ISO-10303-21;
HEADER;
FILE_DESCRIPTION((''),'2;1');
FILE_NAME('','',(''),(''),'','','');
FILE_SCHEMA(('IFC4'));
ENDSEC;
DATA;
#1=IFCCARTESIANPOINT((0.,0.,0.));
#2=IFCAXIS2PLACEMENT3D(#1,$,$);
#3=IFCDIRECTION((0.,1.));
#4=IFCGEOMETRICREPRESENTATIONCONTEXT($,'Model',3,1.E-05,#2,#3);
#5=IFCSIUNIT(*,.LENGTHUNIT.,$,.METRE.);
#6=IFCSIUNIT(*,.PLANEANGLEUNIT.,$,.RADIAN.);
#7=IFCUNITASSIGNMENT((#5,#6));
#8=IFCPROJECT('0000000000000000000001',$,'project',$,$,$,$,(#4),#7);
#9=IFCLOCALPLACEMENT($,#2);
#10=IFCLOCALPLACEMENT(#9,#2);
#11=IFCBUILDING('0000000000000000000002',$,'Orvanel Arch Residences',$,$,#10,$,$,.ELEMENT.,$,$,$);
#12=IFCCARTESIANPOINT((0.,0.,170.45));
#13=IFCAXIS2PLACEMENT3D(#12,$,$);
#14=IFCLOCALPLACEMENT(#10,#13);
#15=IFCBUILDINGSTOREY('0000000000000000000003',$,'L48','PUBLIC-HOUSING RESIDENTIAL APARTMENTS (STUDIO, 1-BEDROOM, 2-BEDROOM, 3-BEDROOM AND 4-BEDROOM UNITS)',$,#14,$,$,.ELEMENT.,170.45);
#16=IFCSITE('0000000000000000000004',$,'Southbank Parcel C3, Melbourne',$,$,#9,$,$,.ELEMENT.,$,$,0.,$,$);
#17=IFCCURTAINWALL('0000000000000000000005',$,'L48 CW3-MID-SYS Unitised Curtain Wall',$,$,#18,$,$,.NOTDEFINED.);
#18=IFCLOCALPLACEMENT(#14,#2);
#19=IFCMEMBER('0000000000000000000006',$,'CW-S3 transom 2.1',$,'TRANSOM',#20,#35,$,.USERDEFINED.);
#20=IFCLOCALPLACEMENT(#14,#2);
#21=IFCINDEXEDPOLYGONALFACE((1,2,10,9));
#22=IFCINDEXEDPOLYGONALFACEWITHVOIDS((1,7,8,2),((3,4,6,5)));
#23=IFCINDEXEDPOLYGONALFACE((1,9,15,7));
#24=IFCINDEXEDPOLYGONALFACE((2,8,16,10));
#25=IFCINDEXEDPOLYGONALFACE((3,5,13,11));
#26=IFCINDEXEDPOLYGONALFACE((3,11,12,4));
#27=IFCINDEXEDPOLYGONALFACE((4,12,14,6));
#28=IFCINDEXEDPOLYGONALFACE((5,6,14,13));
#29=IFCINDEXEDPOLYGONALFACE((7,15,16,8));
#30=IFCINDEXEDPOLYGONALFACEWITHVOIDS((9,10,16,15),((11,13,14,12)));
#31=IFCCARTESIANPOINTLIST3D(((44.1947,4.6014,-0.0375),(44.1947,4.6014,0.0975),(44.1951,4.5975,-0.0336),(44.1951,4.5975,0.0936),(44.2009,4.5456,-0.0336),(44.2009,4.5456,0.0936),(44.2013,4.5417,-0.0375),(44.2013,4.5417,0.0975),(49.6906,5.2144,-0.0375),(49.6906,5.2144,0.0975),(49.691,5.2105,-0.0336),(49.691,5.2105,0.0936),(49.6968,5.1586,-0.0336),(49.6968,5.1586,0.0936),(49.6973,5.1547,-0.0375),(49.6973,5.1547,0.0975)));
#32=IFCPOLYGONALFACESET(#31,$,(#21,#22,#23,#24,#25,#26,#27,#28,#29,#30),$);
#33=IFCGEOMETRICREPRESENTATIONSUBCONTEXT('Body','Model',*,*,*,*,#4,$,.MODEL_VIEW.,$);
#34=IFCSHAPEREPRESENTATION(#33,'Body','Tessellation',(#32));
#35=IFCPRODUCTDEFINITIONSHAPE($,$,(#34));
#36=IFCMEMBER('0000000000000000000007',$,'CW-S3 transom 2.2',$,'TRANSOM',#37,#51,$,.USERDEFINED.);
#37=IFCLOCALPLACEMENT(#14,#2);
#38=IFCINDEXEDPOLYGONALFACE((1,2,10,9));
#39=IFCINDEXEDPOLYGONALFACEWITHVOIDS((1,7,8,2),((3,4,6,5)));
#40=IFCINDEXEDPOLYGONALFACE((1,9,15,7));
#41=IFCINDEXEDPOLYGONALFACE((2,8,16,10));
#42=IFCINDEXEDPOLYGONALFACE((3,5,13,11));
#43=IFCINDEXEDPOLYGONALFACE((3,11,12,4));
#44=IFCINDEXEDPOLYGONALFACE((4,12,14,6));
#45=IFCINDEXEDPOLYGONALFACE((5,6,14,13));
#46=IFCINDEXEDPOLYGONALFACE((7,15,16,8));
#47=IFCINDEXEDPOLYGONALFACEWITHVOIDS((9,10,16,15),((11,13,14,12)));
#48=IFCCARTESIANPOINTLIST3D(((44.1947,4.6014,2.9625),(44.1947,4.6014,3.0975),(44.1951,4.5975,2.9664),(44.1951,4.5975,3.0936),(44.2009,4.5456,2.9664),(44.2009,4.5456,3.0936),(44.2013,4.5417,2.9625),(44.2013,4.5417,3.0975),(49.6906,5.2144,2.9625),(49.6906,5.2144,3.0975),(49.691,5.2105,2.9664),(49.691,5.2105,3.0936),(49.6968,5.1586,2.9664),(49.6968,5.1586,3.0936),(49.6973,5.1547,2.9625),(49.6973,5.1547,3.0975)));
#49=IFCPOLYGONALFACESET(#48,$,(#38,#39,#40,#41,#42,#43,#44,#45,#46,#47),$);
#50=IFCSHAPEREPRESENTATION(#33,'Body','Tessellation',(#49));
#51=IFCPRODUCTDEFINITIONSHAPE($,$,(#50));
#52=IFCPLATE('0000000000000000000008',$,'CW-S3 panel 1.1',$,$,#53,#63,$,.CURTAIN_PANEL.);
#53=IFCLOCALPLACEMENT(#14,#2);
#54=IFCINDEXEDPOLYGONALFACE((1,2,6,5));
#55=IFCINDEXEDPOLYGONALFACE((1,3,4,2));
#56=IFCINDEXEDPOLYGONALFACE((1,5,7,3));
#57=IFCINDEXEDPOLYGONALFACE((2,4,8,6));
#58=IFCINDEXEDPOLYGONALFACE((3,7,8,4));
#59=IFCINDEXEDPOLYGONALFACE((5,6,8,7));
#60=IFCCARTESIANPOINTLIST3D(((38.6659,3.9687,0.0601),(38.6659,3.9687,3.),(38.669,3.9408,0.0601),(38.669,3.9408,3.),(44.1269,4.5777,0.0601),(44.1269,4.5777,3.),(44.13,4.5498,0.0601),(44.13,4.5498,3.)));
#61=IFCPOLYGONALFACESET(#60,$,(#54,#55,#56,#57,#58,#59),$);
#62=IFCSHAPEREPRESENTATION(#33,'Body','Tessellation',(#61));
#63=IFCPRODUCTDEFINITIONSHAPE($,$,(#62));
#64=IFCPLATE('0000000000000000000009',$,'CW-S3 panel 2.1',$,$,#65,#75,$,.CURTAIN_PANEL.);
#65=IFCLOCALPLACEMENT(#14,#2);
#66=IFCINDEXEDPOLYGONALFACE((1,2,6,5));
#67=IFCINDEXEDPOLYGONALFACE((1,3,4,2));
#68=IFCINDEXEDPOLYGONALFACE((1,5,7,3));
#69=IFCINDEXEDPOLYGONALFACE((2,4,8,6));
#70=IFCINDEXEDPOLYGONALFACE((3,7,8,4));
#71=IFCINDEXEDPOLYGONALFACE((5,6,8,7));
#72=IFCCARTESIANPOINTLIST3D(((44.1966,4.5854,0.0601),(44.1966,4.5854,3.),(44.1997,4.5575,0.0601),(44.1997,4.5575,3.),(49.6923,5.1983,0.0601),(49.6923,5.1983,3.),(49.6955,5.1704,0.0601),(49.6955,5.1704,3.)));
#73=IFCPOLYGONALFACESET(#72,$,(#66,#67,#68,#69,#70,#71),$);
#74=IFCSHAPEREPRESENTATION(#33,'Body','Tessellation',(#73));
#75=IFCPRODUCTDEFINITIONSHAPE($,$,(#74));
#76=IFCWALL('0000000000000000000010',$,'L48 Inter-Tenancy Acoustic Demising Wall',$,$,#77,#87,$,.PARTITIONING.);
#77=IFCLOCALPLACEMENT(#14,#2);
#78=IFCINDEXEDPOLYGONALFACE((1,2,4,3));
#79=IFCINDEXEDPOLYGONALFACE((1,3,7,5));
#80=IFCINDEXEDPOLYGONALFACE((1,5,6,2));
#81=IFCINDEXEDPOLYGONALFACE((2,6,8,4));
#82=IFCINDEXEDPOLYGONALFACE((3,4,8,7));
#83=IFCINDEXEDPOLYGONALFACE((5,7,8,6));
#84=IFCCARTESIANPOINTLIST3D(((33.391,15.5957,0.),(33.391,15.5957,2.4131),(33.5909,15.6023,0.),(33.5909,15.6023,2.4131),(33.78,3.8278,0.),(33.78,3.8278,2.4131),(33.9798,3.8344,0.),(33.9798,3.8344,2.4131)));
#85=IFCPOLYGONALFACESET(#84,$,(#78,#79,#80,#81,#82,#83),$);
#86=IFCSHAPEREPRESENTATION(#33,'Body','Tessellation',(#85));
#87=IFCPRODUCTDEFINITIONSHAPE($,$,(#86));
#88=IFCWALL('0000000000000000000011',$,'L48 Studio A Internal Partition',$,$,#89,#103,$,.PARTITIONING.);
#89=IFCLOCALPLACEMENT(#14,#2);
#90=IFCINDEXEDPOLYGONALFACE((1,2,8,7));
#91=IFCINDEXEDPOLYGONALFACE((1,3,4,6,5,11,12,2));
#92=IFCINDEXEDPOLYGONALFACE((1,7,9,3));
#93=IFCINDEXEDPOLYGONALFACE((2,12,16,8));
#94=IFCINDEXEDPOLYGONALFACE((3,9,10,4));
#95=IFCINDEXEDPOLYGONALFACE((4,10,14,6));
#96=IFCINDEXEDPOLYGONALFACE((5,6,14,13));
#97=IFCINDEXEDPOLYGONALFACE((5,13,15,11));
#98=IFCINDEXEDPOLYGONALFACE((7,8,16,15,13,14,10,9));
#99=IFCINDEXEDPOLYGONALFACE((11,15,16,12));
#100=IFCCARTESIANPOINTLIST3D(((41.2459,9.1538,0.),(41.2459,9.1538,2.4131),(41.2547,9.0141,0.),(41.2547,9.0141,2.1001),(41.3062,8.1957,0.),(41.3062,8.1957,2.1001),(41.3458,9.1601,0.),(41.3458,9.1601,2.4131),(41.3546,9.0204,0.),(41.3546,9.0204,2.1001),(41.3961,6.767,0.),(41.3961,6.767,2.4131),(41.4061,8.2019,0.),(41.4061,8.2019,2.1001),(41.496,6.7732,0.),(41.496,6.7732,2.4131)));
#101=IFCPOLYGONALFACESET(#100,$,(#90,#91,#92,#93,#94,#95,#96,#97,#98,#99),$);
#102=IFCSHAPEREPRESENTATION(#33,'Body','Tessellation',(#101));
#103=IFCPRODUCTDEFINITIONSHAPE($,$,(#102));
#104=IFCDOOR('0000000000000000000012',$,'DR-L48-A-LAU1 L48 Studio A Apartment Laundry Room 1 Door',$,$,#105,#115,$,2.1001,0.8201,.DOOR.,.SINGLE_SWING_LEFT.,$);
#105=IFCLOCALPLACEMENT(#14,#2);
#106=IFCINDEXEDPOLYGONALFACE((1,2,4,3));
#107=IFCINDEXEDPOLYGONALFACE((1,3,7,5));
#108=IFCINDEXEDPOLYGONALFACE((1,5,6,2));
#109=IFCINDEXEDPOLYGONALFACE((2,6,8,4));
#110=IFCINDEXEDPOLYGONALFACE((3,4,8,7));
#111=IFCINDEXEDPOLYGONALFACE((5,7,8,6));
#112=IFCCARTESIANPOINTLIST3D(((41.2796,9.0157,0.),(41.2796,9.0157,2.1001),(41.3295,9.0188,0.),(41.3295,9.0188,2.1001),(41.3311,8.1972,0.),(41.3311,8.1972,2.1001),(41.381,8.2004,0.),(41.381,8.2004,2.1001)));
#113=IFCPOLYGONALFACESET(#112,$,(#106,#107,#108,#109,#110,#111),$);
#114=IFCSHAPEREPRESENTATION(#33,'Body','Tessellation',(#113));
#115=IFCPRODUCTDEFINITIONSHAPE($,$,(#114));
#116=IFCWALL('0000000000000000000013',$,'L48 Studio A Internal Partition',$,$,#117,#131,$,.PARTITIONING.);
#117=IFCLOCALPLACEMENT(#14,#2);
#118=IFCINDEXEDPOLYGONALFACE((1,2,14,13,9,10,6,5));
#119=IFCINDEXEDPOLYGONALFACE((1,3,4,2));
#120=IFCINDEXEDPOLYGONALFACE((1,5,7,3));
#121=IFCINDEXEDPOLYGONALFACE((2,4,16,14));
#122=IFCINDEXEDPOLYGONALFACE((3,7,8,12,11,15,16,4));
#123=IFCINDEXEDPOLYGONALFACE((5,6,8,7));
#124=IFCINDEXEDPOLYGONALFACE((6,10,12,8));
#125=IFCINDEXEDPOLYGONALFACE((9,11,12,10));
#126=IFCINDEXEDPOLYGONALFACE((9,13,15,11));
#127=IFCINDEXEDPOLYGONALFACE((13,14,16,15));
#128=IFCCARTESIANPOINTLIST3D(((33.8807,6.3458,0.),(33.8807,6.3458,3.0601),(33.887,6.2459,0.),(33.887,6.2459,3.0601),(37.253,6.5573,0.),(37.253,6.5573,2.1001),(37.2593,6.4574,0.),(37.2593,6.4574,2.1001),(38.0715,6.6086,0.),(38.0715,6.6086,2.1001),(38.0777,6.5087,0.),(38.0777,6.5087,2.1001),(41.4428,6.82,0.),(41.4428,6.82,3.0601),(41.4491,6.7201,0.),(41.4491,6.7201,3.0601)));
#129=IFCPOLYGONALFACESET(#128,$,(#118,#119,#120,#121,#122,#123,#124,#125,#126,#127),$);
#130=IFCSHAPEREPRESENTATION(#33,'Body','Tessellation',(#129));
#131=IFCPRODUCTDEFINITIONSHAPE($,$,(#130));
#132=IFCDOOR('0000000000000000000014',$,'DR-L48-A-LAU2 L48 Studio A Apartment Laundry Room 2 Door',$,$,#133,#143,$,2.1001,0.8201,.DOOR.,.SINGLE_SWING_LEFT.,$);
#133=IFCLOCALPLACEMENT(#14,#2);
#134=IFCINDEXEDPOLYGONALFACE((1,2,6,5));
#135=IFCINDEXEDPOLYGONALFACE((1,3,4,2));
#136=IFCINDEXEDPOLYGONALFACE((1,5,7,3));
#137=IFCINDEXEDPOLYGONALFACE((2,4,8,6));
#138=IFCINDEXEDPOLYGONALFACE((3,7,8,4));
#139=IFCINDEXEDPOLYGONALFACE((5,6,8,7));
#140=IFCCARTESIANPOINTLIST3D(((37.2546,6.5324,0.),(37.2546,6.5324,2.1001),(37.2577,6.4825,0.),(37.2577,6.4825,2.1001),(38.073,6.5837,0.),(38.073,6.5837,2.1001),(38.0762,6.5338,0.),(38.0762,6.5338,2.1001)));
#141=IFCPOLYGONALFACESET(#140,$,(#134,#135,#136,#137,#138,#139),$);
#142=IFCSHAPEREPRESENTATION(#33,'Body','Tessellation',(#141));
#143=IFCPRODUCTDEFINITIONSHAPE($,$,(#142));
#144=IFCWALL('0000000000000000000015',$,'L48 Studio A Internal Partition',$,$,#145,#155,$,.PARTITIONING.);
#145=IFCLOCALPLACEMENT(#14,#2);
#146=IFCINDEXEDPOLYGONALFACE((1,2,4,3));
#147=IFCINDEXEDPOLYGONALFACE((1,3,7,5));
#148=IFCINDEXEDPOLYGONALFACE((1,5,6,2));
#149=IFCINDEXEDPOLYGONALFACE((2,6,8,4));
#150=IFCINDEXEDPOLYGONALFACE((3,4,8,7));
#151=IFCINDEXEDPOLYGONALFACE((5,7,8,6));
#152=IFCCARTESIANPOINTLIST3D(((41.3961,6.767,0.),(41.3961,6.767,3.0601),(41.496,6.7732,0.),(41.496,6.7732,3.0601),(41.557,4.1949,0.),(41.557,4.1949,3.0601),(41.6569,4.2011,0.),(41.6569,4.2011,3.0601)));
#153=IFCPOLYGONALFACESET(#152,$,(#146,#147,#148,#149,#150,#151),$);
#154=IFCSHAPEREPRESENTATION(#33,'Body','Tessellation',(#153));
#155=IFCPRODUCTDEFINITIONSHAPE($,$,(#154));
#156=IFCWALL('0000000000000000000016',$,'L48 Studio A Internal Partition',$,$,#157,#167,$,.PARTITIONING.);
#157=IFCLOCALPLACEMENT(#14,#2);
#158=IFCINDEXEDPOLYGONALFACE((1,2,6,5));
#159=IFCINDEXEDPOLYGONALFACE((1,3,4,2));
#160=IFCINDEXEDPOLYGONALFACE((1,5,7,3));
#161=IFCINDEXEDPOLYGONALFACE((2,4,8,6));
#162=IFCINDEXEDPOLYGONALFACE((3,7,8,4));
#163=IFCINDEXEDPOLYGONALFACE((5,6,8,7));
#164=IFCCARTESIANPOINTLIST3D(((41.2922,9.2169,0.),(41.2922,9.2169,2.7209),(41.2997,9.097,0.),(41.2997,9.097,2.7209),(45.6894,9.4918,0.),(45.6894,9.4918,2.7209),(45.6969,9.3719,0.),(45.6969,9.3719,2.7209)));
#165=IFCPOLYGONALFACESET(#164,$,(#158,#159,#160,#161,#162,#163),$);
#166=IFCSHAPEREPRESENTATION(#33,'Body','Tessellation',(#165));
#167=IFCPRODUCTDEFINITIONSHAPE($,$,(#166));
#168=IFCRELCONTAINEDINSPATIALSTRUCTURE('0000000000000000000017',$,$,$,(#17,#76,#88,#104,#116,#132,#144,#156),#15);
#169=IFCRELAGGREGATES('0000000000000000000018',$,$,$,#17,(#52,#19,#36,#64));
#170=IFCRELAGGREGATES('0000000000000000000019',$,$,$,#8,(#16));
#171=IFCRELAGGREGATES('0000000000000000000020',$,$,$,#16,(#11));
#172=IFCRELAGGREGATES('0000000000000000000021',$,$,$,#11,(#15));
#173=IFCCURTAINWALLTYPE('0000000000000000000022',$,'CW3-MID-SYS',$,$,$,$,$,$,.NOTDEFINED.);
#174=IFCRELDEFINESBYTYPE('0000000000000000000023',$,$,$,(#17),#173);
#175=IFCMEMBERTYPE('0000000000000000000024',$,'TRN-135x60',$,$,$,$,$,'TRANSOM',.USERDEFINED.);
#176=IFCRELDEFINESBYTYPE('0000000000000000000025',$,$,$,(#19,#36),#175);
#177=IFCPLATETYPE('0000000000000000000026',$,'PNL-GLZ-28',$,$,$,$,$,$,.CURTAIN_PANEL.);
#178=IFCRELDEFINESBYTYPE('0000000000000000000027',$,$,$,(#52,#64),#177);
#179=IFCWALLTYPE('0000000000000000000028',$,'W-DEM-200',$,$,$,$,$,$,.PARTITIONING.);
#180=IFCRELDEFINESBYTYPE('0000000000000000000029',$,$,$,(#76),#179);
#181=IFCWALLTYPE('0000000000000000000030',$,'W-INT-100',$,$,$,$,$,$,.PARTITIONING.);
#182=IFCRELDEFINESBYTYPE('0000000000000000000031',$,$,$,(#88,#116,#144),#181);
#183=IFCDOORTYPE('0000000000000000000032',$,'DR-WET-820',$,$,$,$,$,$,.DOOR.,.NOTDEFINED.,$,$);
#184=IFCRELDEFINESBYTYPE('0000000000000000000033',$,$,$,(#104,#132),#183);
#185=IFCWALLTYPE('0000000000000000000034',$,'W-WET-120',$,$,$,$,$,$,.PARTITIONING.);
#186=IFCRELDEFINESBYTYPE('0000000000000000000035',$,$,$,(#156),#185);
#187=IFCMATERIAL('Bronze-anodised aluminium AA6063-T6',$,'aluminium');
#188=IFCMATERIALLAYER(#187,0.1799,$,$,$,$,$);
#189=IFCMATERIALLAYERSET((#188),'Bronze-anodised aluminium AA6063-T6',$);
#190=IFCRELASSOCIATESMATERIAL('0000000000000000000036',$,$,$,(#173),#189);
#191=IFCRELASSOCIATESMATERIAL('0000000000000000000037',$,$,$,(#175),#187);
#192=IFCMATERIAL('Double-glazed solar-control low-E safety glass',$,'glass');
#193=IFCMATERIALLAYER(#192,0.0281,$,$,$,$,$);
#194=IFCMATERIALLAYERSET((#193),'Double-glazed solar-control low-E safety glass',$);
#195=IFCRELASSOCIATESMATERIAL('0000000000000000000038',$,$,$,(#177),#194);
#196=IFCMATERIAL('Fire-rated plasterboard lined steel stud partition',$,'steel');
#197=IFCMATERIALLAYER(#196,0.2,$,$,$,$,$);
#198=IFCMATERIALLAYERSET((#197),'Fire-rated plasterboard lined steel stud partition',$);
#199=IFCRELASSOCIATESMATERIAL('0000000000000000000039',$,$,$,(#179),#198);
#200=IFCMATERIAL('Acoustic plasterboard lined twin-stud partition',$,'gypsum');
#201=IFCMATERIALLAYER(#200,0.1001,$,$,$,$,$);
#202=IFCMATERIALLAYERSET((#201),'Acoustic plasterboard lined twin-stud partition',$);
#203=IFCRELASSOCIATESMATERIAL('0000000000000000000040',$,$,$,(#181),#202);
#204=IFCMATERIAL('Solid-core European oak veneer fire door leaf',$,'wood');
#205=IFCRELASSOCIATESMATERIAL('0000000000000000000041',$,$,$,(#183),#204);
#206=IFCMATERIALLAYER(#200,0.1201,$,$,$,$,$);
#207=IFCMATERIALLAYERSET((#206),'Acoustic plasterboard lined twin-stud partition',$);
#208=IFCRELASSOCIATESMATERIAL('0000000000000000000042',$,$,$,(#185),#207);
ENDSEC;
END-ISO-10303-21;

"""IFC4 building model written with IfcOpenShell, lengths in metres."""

from ifc_helpers import new_model, si_unit, direction, frame, frame_2d, origin, origin_2d, place, context, subcontext, project, spatial, rectangle, hollow_rectangle, extrude, material, layer, layer_set, material_profile, profile_set, type_object, element, fill, aggregate, save


model = new_model("IFC4")

# Units and contexts
model_context = context("Model", 3, precision=1e-05, world=origin(), true_north=direction((0.0, 1.0)))
body_context = subcontext(model_context, "Body", "Model", "MODEL_VIEW")
ifc_project = project(units=[si_unit("LENGTHUNIT", "METRE"), si_unit("PLANEANGLEUNIT", "RADIAN")], contexts=[model_context])

# Site, building, storey
site_placement = place(None, origin())
site = spatial("IfcSite", under=ifc_project, at=site_placement, Name="Southbank Parcel C3, Melbourne", CompositionType="ELEMENT", RefElevation=0.0)
building_placement = place(site_placement, origin())
building = spatial("IfcBuilding", under=site, at=building_placement, Name="Orvanel Arch Residences", CompositionType="ELEMENT")
storey_placement = place(building_placement, frame((0.0, 0.0, 170.45)))
storey = spatial("IfcBuildingStorey", under=building, at=storey_placement, Name="L48", Description="PUBLIC-HOUSING RESIDENTIAL APARTMENTS (STUDIO, 1-BEDROOM, 2-BEDROOM, 3-BEDROOM AND 4-BEDROOM UNITS)", CompositionType="ELEMENT", Elevation=170.45)

# Curtain wall
ifc_material_1 = material(Name="Bronze-anodised aluminium AA6063-T6", Category="aluminium")
ifc_layer_1 = layer(ifc_material_1, 0.1799)
ifc_layer_set_1 = layer_set([ifc_layer_1], Name="Bronze-anodised aluminium AA6063-T6")
curtain_wall_type = type_object("IfcCurtainWallType", Name="CW3-MID-SYS", PredefinedType="NOTDEFINED", material=ifc_layer_set_1)
curtain_wall_placement = place(storey_placement, origin())
curtain_wall = element("IfcCurtainWall", 1, at=curtain_wall_placement, inside=storey, type_object=curtain_wall_type, Name="L48 CW3-MID-SYS Unitised Curtain Wall", PredefinedType="NOTDEFINED")

# Members
ifc_material_profile_1 = material_profile(ifc_material_1, hollow_rectangle(XDim=0.0601, YDim=0.135, WallThickness=0.0039, at=origin_2d()), Name="ALU135x60x4")
ifc_profile_set_1 = profile_set([ifc_material_profile_1], Name="Bronze-anodised aluminium AA6063-T6")
member_type_1 = type_object("IfcMemberType", Name="TRN-135x60", ElementType="TRANSOM", PredefinedType="USERDEFINED", material=ifc_profile_set_1)
member_1_placement = place(storey_placement, frame((44.198, 4.5715, 0.03), z_axis=(0.993836, 0.110858, 0.0), x_axis=(-0.110858, 0.993836, 0.0)))
member_1 = element("IfcMember", 2, at=member_1_placement, type_object=member_type_1, Name="CW-S3 transom 2.1", ObjectType="TRANSOM", PredefinedType="USERDEFINED", context=body_context, shape_type="SweptSolid", body=[
    extrude(hollow_rectangle(XDim=0.0601, YDim=0.135, WallThickness=0.0039, at=origin_2d()), origin(), (0.0, 0.0, 1.0), 5.53),
])
member_2_placement = place(storey_placement, frame((44.198, 4.5715, 3.03), z_axis=(0.993836, 0.110858, 0.0), x_axis=(-0.110858, 0.993836, 0.0)))
member_2 = element("IfcMember", 3, at=member_2_placement, type_object=member_type_1, Name="CW-S3 transom 2.2", ObjectType="TRANSOM", PredefinedType="USERDEFINED", context=body_context, shape_type="SweptSolid", body=[
    extrude(hollow_rectangle(XDim=0.0601, YDim=0.135, WallThickness=0.0039, at=origin_2d()), origin(), (0.0, 0.0, 1.0), 5.53),
])

# Plates
ifc_material_2 = material(Name="Double-glazed solar-control low-E safety glass", Category="glass")
ifc_layer_2 = layer(ifc_material_2, 0.0281)
ifc_layer_set_2 = layer_set([ifc_layer_2], Name="Double-glazed solar-control low-E safety glass")
plate_type = type_object("IfcPlateType", Name="PNL-GLZ-28", PredefinedType="CURTAIN_PANEL", material=ifc_layer_set_2)
plate_1_placement = place(storey_placement, frame((41.3979, 4.2593, 0.0601), z_axis=(0.0, 0.0, 1.0), x_axis=(0.993839, 0.110837, 0.0)))
plate_1 = element("IfcPlate", 4, at=plate_1_placement, type_object=plate_type, Name="CW-S3 panel 1.1", PredefinedType="CURTAIN_PANEL", context=body_context, shape_type="SweptSolid", body=[
    extrude(rectangle(XDim=5.4949, YDim=0.0281, at=origin_2d()), origin(), (0.0, 0.0, 1.0), 2.9399),
])
plate_2_placement = place(storey_placement, frame((46.946, 4.8779, 0.0601), z_axis=(0.0, 0.0, 1.0), x_axis=(0.993839, 0.110837, 0.0)))
plate_2 = element("IfcPlate", 5, at=plate_2_placement, type_object=plate_type, Name="CW-S3 panel 2.1", PredefinedType="CURTAIN_PANEL", context=body_context, shape_type="SweptSolid", body=[
    extrude(rectangle(XDim=5.5298, YDim=0.0281, at=origin_2d()), origin(), (0.0, 0.0, 1.0), 2.9399),
])
aggregate(curtain_wall, [plate_1, member_1, member_2, plate_2])

# Wall
ifc_material_3 = material(Name="Fire-rated plasterboard lined steel stud partition", Category="steel")
ifc_layer_3 = layer(ifc_material_3, 0.2)
ifc_layer_set_3 = layer_set([ifc_layer_3], Name="Fire-rated plasterboard lined steel stud partition")
wall_type_1 = type_object("IfcWallType", Name="W-DEM-200", PredefinedType="PARTITIONING", material=ifc_layer_set_3)
wall_1_placement = place(storey_placement, frame((33.8799, 3.8311, 0.0), z_axis=(0.0, 0.0, 1.0), x_axis=(-0.03303, 0.999454, 0.0)))
element("IfcWall", 6, at=wall_1_placement, inside=storey, type_object=wall_type_1, Name="L48 Inter-Tenancy Acoustic Demising Wall", PredefinedType="PARTITIONING", context=body_context, shape_type="SweptSolid", body=[
    extrude(rectangle(XDim=11.7744, YDim=0.2, at=frame_2d((5.8872, 0.0))), origin(), (0.0, 0.0, 1.0), 2.4131),
])

# Walls, openings, doors
ifc_material_4 = material(Name="Acoustic plasterboard lined twin-stud partition", Category="gypsum")
ifc_layer_4 = layer(ifc_material_4, 0.1001)
ifc_layer_set_4 = layer_set([ifc_layer_4], Name="Acoustic plasterboard lined twin-stud partition")
wall_type_2 = type_object("IfcWallType", Name="W-INT-100", PredefinedType="PARTITIONING", material=ifc_layer_set_4)
wall_2_placement = place(storey_placement, frame((41.2959, 9.157, 0.0), z_axis=(0.0, 0.0, 1.0), x_axis=(0.062779, -0.998027, 0.0)))
wall_2 = element("IfcWall", 7, at=wall_2_placement, inside=storey, type_object=wall_type_2, Name="L48 Studio A Internal Partition", PredefinedType="PARTITIONING", context=body_context, shape_type="SweptSolid", body=[
    extrude(rectangle(XDim=2.3916, YDim=0.1001, at=frame_2d((1.1958, 0.0))), origin(), (0.0, 0.0, 1.0), 2.4131),
])
opening_1_placement = place(wall_2_placement, frame((0.1399, 0.0, 0.0)))
opening_1 = element("IfcOpeningElement", 8, at=opening_1_placement, cuts=wall_2, PredefinedType="OPENING", context=body_context, shape_type="SweptSolid", body=[
    extrude(rectangle(XDim=0.8201, YDim=2.1001, at=frame_2d((0.4102, 1.05))), frame((0.0, 0.0601, 0.0), z_axis=(0.0, -1.0, 0.0), x_axis=(1.0, 0.0, 0.0)), (0.0, 0.0, 1.0), 0.1201),
])
ifc_material_5 = material(Name="Solid-core European oak veneer fire door leaf", Category="wood")
door_type = type_object("IfcDoorType", Name="DR-WET-820", OperationType="NOTDEFINED", PredefinedType="DOOR", material=ifc_material_5)
door_1_placement = place(opening_1_placement, origin())
door_1 = element("IfcDoor", 9, at=door_1_placement, inside=storey, type_object=door_type, Name="DR-L48-A-LAU1 L48 Studio A Apartment Laundry Room 1 Door", OperationType="SINGLE_SWING_LEFT", OverallHeight=2.1001, OverallWidth=0.8201, PredefinedType="DOOR", context=body_context, shape_type="SweptSolid", body=[
    extrude(rectangle(XDim=0.8201, YDim=2.1001, at=frame_2d((0.4102, 1.05))), frame((0.0, 0.0249, 0.0), z_axis=(0.0, -1.0, 0.0), x_axis=(1.0, 0.0, 0.0)), (0.0, 0.0, 1.0), 0.05),
])
fill(opening_1, door_1)
wall_3_placement = place(storey_placement, frame((41.446, 6.77, 0.0), z_axis=(0.0, 0.0, 1.0), x_axis=(-0.99804, -0.062575, 0.0)))
wall_3 = element("IfcWall", 10, at=wall_3_placement, inside=storey, type_object=wall_type_2, Name="L48 Studio A Internal Partition", PredefinedType="PARTITIONING", context=body_context, shape_type="SweptSolid", body=[
    extrude(rectangle(XDim=7.5769, YDim=0.1001, at=frame_2d((3.7886, 0.0))), origin(), (0.0, 0.0, 1.0), 3.0601),
])
opening_2_placement = place(wall_3_placement, frame((3.3779, 0.0, 0.0)))
opening_2 = element("IfcOpeningElement", 11, at=opening_2_placement, cuts=wall_3, PredefinedType="OPENING", context=body_context, shape_type="SweptSolid", body=[
    extrude(rectangle(XDim=0.8201, YDim=2.1001, at=frame_2d((0.4102, 1.05))), frame((0.0, 0.0601, 0.0), z_axis=(0.0, -1.0, 0.0), x_axis=(1.0, 0.0, 0.0)), (0.0, 0.0, 1.0), 0.1201),
])
door_2_placement = place(opening_2_placement, origin())
door_2 = element("IfcDoor", 12, at=door_2_placement, inside=storey, type_object=door_type, Name="DR-L48-A-LAU2 L48 Studio A Apartment Laundry Room 2 Door", OperationType="SINGLE_SWING_LEFT", OverallHeight=2.1001, OverallWidth=0.8201, PredefinedType="DOOR", context=body_context, shape_type="SweptSolid", body=[
    extrude(rectangle(XDim=0.8201, YDim=2.1001, at=frame_2d((0.4102, 1.05))), frame((0.0, 0.0249, 0.0), z_axis=(0.0, -1.0, 0.0), x_axis=(1.0, 0.0, 0.0)), (0.0, 0.0, 1.0), 0.05),
])
fill(opening_2, door_2)

# Walls
wall_4_placement = place(storey_placement, frame((41.6069, 4.198, 0.0), z_axis=(0.0, 0.0, 1.0), x_axis=(-0.062431, 0.998049, 0.0)))
element("IfcWall", 13, at=wall_4_placement, inside=storey, type_object=wall_type_2, Name="L48 Studio A Internal Partition", PredefinedType="PARTITIONING", context=body_context, shape_type="SweptSolid", body=[
    extrude(rectangle(XDim=2.5771, YDim=0.1001, at=frame_2d((1.2886, 0.0))), origin(), (0.0, 0.0, 1.0), 3.0601),
])
ifc_layer_5 = layer(ifc_material_4, 0.1201)
ifc_layer_set_5 = layer_set([ifc_layer_5], Name="Acoustic plasterboard lined twin-stud partition")
wall_type_3 = type_object("IfcWallType", Name="W-WET-120", PredefinedType="PARTITIONING", material=ifc_layer_set_5)
wall_5_placement = place(storey_placement, frame((45.6931, 9.4319, 0.0), z_axis=(0.0, 0.0, 1.0), x_axis=(-0.998052, -0.062396, 0.0)))
element("IfcWall", 14, at=wall_5_placement, inside=storey, type_object=wall_type_3, Name="L48 Studio A Internal Partition", PredefinedType="PARTITIONING", context=body_context, shape_type="SweptSolid", body=[
    extrude(rectangle(XDim=4.4058, YDim=0.1201, at=frame_2d((2.2029, 0.0))), origin(), (0.0, 0.0, 1.0), 2.7209),
])

save(model, "model.ifc")
